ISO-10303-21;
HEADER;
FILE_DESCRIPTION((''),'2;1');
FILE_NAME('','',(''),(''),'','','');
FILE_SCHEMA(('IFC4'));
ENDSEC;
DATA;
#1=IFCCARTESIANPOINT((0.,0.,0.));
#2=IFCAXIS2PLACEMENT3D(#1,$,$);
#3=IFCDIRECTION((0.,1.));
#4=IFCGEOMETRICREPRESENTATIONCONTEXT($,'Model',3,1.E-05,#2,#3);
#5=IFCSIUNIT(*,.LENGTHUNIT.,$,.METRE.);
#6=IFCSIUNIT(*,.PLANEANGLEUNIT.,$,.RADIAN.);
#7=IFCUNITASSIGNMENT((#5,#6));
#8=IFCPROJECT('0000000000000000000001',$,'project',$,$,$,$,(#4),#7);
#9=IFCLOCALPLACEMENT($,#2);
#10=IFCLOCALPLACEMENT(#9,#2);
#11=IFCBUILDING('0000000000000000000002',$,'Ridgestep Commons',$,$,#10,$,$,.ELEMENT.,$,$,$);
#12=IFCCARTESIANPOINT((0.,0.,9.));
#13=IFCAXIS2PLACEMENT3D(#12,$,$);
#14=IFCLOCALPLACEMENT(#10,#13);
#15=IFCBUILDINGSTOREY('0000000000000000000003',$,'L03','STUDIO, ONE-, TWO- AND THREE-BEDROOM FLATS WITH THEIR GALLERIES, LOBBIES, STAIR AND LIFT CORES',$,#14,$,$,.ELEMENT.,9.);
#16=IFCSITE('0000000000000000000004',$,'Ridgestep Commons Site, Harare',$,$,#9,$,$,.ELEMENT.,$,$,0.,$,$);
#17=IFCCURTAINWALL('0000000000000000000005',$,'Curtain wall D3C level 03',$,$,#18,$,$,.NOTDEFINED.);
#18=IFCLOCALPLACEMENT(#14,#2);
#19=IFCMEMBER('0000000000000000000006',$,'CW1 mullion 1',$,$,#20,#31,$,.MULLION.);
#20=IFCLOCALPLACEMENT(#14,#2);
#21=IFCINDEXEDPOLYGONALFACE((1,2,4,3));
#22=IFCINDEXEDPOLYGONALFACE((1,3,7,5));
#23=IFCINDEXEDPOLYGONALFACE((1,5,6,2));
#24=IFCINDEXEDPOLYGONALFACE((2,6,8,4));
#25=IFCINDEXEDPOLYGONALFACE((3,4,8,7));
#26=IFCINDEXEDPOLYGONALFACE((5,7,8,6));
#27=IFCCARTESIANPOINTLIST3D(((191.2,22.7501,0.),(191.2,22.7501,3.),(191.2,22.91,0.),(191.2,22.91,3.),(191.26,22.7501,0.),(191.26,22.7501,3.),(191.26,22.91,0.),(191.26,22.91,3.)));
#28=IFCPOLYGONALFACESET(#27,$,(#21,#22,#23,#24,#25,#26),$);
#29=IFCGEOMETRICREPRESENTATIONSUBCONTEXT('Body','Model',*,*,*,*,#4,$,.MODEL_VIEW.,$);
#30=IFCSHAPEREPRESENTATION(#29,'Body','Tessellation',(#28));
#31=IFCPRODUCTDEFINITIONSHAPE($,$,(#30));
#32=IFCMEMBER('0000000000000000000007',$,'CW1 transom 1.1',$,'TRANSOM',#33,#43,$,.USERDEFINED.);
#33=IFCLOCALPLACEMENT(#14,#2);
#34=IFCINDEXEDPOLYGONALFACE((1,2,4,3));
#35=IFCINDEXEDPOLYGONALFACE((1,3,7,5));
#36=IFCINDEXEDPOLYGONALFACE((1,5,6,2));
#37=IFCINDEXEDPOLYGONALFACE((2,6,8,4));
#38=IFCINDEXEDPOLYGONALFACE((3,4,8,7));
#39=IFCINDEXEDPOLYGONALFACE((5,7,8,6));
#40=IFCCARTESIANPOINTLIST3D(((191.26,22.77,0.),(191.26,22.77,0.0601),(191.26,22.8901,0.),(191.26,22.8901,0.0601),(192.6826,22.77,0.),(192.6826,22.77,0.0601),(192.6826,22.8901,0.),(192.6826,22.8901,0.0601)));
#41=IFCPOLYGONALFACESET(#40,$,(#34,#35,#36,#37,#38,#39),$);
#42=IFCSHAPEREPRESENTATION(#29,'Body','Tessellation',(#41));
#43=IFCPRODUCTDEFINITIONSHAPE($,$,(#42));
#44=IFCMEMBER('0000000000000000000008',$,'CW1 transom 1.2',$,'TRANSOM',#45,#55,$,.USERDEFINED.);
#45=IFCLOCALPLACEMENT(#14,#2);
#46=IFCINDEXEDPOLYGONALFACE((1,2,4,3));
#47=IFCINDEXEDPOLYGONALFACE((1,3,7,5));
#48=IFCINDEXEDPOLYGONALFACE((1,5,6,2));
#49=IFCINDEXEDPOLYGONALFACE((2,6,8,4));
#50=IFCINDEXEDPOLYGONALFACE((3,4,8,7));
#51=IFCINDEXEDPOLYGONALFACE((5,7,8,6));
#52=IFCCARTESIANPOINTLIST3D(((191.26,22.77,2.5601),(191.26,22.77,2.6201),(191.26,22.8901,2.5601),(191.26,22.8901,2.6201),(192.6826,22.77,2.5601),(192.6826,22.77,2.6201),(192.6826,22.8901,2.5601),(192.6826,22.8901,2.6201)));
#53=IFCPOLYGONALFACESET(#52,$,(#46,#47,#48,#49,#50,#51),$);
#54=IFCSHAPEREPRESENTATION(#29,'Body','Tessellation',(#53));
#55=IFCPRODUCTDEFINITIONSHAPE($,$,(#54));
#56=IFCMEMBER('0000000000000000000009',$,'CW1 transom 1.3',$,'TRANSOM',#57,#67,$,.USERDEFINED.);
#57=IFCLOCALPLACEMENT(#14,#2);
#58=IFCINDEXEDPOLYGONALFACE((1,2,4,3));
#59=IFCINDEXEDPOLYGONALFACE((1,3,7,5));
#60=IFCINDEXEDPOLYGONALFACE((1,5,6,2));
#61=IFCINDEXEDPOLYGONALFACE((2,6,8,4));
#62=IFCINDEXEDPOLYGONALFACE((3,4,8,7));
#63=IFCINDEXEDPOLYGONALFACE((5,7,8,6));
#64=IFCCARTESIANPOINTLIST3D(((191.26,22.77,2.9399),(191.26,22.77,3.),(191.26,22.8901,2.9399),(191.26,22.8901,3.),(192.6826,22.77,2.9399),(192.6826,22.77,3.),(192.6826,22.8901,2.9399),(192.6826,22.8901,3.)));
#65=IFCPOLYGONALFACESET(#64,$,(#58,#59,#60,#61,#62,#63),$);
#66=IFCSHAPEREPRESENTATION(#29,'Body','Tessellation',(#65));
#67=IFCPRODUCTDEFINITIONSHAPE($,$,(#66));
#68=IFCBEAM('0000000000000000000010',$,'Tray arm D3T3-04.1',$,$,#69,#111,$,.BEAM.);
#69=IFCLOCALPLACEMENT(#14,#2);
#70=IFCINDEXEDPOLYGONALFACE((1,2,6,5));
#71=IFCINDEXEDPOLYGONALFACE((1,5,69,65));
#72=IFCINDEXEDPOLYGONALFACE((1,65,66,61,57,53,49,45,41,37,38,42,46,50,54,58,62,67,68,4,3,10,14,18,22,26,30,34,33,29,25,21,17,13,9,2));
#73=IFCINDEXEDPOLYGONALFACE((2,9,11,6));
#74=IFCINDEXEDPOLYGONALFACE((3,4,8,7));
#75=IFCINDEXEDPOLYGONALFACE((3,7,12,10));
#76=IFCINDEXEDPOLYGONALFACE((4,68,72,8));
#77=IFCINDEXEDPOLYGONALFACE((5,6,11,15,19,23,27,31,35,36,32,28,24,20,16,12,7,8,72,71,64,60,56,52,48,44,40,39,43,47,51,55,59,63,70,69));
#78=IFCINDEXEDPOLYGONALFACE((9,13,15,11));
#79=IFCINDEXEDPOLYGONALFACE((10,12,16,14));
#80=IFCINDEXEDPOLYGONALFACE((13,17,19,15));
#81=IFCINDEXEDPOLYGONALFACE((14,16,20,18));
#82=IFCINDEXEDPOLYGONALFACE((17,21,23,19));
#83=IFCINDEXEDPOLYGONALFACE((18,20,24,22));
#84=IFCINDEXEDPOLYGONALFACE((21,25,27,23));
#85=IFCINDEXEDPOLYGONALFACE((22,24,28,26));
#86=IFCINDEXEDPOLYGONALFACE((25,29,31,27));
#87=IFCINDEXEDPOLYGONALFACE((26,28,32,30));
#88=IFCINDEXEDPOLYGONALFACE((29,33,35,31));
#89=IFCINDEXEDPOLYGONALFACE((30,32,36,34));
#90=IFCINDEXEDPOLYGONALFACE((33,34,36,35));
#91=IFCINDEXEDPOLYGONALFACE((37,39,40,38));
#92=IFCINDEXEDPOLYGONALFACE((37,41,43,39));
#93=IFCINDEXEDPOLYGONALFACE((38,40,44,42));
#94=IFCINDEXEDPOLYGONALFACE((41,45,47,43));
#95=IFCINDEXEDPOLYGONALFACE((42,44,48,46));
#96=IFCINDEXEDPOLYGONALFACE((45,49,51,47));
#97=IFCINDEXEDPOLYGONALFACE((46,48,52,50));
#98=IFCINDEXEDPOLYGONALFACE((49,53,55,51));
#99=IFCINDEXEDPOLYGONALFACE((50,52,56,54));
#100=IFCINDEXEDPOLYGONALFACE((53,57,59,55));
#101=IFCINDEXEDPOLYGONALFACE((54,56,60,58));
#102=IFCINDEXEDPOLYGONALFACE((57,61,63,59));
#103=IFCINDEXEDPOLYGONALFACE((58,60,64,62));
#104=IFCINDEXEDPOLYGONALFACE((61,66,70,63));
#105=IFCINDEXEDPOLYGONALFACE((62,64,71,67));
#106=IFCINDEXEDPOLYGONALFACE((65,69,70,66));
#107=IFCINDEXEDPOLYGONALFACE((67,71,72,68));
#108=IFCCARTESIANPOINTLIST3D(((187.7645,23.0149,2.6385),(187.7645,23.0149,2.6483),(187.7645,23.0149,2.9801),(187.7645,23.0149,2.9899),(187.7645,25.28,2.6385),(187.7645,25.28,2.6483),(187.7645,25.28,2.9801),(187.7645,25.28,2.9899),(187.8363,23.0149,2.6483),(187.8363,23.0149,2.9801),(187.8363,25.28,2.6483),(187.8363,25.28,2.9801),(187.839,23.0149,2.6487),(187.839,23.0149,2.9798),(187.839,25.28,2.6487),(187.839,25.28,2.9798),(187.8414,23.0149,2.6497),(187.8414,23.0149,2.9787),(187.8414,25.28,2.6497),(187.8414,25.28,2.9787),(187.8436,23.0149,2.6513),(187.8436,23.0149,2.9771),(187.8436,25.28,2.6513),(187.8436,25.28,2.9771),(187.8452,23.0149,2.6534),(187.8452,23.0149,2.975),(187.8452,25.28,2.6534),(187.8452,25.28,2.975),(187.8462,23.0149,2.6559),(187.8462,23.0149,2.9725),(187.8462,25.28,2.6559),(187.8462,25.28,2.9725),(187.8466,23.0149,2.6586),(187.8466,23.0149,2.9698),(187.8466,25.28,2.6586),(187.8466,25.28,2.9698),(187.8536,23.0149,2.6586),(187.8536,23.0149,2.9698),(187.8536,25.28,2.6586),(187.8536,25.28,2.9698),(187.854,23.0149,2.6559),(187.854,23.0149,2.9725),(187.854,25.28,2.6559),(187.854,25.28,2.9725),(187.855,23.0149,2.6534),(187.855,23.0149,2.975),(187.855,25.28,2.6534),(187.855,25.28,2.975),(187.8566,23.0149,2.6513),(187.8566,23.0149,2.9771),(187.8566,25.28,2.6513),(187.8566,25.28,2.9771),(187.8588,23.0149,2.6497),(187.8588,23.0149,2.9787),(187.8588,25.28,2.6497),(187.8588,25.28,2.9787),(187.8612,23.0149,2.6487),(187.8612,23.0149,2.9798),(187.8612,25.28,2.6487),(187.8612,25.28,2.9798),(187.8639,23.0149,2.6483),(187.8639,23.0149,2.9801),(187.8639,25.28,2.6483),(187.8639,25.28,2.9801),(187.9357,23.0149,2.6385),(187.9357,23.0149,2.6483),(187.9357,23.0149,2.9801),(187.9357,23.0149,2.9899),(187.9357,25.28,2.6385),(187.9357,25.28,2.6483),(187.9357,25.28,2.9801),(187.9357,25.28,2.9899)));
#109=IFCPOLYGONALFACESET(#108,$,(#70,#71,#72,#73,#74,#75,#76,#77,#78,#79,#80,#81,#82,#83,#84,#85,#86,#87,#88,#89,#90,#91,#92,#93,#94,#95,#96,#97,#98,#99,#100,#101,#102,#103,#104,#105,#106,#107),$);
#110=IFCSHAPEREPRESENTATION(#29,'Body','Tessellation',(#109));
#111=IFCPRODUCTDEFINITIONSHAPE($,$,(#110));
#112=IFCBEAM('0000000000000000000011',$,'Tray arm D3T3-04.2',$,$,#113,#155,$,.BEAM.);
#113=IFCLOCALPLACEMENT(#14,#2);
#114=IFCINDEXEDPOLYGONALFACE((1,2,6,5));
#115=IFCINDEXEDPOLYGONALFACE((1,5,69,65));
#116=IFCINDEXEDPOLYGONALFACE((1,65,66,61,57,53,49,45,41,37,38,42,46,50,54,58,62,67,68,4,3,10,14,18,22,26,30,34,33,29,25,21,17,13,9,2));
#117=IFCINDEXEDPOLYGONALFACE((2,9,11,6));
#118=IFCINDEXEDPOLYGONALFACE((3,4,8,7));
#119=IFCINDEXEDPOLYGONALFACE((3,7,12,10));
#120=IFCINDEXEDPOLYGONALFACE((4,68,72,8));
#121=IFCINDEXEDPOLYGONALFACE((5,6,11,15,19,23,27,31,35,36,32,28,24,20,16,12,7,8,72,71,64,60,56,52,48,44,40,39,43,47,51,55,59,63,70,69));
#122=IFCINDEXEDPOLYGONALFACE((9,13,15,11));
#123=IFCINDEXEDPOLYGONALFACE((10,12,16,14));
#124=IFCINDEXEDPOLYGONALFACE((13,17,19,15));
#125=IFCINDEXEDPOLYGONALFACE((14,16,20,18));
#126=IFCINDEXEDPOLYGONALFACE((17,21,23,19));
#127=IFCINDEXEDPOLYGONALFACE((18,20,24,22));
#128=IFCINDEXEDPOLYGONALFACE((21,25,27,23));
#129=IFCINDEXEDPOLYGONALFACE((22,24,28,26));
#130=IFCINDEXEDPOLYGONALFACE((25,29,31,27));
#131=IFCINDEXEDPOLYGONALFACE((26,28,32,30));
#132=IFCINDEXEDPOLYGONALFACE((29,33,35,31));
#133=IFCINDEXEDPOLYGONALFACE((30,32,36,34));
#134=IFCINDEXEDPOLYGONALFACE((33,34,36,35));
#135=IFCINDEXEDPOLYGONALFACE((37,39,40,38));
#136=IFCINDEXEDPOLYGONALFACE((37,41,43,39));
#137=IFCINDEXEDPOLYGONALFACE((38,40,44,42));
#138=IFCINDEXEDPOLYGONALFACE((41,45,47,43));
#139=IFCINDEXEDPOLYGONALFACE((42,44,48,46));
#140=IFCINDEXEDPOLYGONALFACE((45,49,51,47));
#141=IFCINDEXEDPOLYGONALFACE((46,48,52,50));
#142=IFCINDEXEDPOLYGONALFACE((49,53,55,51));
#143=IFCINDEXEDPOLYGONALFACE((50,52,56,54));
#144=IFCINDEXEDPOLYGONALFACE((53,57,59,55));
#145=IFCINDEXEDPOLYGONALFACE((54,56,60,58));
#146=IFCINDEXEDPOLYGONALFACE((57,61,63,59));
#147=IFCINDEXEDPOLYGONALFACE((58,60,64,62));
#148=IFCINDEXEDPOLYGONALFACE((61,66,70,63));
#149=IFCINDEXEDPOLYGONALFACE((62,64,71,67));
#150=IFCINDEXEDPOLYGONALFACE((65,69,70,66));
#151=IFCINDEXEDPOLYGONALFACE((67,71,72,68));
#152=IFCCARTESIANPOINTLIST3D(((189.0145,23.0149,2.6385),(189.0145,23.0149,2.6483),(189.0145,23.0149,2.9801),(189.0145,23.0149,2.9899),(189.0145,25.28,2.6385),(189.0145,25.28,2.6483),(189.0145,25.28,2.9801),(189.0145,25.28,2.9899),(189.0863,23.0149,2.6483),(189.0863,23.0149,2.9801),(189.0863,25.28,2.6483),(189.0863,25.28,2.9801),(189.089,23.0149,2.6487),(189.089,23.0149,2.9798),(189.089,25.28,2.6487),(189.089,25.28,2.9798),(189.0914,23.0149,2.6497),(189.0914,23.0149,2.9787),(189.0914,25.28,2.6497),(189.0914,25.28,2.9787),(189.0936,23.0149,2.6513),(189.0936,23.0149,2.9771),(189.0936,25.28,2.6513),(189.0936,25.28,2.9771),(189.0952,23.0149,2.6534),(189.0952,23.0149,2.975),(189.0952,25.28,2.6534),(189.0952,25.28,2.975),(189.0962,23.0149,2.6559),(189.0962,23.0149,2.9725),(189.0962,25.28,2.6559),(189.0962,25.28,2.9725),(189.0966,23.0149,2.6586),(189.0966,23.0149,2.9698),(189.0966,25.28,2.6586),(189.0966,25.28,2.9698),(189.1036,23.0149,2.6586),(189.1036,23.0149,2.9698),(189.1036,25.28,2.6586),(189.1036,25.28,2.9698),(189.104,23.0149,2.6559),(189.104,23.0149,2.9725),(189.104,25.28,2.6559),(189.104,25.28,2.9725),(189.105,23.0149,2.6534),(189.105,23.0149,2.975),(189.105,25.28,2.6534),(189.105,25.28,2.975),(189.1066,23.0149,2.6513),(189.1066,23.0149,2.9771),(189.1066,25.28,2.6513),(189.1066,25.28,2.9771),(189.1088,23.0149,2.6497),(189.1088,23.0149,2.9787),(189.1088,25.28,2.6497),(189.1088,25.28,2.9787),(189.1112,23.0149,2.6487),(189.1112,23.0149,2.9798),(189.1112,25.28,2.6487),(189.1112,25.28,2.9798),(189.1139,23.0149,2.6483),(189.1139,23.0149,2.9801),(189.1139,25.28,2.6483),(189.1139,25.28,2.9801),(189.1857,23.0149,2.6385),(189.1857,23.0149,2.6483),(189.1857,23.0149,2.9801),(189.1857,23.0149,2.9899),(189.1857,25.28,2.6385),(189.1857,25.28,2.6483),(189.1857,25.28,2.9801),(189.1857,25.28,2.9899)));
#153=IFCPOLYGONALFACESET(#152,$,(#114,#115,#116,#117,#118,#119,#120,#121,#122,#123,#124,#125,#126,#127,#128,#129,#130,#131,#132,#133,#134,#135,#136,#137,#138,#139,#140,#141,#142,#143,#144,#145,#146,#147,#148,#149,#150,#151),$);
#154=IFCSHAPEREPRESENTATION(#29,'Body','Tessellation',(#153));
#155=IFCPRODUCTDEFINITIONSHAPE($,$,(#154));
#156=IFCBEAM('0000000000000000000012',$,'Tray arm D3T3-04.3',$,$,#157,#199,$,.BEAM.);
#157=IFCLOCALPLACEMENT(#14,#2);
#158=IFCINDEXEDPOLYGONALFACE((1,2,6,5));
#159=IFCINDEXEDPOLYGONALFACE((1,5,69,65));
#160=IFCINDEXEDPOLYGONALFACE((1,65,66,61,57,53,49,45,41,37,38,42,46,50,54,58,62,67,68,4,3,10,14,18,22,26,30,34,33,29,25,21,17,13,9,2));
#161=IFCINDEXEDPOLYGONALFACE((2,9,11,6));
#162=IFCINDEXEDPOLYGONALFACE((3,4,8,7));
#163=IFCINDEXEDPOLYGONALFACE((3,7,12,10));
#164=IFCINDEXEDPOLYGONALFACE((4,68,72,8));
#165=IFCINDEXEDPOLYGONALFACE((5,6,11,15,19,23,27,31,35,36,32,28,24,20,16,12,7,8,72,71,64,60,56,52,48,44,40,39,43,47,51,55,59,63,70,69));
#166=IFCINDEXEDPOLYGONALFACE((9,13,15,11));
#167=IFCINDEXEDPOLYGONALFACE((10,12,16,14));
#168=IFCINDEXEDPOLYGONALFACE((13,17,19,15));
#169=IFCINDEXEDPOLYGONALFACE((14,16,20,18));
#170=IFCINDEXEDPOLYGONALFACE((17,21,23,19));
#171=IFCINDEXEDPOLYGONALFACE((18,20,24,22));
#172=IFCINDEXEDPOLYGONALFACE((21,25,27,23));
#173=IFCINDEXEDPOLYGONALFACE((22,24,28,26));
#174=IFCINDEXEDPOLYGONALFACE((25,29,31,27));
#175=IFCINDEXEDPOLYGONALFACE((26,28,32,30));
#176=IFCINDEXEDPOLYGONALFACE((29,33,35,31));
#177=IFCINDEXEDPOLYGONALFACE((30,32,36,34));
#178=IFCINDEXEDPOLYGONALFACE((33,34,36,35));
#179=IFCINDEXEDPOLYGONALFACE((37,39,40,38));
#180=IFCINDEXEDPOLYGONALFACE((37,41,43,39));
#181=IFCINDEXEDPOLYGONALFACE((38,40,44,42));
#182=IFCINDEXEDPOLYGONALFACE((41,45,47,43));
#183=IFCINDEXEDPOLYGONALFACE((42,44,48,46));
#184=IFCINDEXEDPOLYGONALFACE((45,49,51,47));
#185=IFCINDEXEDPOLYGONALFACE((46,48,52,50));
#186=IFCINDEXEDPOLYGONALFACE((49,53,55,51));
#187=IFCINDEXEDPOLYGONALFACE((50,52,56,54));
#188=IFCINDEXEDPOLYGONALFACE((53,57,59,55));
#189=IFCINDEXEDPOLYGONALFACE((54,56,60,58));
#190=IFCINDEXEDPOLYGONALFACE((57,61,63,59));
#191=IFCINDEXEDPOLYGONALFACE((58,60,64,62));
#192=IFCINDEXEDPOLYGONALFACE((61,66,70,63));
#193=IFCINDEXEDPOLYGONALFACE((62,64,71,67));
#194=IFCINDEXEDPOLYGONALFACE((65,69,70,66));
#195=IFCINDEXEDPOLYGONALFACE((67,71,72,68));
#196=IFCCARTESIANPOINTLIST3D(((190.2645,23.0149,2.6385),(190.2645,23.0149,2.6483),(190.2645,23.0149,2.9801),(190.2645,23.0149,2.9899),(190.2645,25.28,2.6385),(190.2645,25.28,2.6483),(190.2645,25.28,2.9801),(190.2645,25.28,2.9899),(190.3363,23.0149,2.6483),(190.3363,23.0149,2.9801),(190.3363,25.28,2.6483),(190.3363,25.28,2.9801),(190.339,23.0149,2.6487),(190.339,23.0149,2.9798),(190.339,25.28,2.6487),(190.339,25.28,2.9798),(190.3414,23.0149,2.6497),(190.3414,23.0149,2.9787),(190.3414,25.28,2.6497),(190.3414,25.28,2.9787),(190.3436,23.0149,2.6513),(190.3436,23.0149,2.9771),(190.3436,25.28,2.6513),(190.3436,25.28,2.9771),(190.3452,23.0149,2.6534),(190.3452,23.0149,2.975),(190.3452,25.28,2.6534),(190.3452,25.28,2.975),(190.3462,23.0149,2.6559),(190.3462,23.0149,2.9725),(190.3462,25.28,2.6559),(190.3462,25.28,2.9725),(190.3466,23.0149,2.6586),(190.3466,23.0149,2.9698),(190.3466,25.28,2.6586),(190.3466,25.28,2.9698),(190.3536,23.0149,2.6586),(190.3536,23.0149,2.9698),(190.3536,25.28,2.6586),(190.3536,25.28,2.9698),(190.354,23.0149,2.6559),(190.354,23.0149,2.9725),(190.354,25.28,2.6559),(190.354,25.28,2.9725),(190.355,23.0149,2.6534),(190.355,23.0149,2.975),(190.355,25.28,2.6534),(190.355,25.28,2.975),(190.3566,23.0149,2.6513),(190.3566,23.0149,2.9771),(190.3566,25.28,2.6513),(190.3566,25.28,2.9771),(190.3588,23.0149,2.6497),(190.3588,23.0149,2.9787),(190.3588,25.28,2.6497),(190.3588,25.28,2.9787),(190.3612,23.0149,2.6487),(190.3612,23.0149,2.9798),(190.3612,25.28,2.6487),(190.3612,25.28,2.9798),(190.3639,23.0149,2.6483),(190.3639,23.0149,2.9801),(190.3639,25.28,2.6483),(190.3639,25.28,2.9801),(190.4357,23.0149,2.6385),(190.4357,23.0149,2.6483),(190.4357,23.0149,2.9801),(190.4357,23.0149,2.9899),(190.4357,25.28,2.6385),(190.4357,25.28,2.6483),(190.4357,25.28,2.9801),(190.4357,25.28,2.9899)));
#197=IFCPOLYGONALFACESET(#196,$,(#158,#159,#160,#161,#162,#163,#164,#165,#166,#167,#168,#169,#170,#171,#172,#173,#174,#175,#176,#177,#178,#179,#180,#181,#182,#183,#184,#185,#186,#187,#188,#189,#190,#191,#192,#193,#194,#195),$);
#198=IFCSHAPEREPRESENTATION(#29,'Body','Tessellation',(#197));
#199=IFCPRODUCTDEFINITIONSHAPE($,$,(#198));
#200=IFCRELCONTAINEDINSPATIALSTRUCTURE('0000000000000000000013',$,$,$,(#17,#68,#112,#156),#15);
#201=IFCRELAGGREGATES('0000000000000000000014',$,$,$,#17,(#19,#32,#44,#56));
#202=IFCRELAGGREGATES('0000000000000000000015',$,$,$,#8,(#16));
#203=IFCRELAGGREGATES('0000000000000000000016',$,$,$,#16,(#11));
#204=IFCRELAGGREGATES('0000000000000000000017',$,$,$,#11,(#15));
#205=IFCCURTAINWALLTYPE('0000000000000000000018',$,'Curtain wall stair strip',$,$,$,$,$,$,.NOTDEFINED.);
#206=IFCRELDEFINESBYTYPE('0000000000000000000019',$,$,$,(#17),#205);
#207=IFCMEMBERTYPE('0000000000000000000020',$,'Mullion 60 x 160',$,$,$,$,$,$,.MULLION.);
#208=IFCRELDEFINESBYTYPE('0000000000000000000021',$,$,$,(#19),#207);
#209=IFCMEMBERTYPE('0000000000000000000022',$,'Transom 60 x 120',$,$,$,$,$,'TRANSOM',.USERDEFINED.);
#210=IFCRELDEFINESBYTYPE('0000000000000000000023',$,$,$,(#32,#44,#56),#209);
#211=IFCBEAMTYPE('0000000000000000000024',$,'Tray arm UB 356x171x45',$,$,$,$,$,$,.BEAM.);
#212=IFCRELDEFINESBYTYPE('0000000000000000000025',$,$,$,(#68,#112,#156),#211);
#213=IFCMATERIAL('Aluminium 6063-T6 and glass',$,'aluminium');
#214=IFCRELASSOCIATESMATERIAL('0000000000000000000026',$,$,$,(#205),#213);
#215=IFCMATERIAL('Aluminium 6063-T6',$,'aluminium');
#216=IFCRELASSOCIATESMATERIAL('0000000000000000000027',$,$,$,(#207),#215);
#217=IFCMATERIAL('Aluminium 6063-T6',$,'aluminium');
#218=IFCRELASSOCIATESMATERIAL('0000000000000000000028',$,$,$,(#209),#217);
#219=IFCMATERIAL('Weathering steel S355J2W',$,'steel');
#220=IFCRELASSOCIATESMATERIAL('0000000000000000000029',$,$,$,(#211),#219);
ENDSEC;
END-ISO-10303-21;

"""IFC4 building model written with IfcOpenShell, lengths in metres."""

from ifc_helpers import new_model, si_unit, direction, frame, origin, origin_2d, place, context, subcontext, project, spatial, rectangle, i_section, extrude, material, material_profile, profile_set, type_object, element, aggregate, save


model = new_model("IFC4")

# Units and contexts
model_context = context("Model", 3, precision=1e-05, world=origin(), true_north=direction((0.0, 1.0)))
body_context = subcontext(model_context, "Body", "Model", "MODEL_VIEW")
ifc_project = project(units=[si_unit("LENGTHUNIT", "METRE"), si_unit("PLANEANGLEUNIT", "RADIAN")], contexts=[model_context])

# Site, building, storey
site_placement = place(None, origin())
site = spatial("IfcSite", under=ifc_project, at=site_placement, Name="Ridgestep Commons Site, Harare", CompositionType="ELEMENT", RefElevation=0.0)
building_placement = place(site_placement, origin())
building = spatial("IfcBuilding", under=site, at=building_placement, Name="Ridgestep Commons", CompositionType="ELEMENT")
storey_placement = place(building_placement, frame((0.0, 0.0, 9.0)))
storey = spatial("IfcBuildingStorey", under=building, at=storey_placement, Name="L03", Description="STUDIO, ONE-, TWO- AND THREE-BEDROOM FLATS WITH THEIR GALLERIES, LOBBIES, STAIR AND LIFT CORES", CompositionType="ELEMENT", Elevation=9.0)

# Curtain wall, members
ifc_material_1 = material(Name="Aluminium 6063-T6 and glass", Category="aluminium")
curtain_wall_type = type_object("IfcCurtainWallType", Name="Curtain wall stair strip", PredefinedType="NOTDEFINED", material=ifc_material_1)
curtain_wall_placement = place(storey_placement, origin())
curtain_wall = element("IfcCurtainWall", 1, at=curtain_wall_placement, inside=storey, type_object=curtain_wall_type, Name="Curtain wall D3C level 03", PredefinedType="NOTDEFINED")
ifc_material_2 = material(Name="Aluminium 6063-T6", Category="aluminium")
ifc_material_profile_1 = material_profile(ifc_material_2, rectangle(XDim=0.1599, YDim=0.0601, at=origin_2d()), Name="Mullion 60 x 160")
ifc_profile_set_1 = profile_set([ifc_material_profile_1], Name="Aluminium 6063-T6")
member_type_1 = type_object("IfcMemberType", Name="Mullion 60 x 160", PredefinedType="MULLION", material=ifc_profile_set_1)
member_1_placement = place(storey_placement, frame((191.23, 22.8301, 0.0), z_axis=(0.0, 0.0, 1.0), x_axis=(0.0, 1.0, 0.0)))
member_1 = element("IfcMember", 2, at=member_1_placement, type_object=member_type_1, Name="CW1 mullion 1", PredefinedType="MULLION", context=body_context, shape_type="SweptSolid", body=[
    extrude(rectangle(XDim=0.1599, YDim=0.0601, at=origin_2d()), origin(), (0.0, 0.0, 1.0), 3.0),
])
ifc_material_3 = material(Name="Aluminium 6063-T6", Category="aluminium")
ifc_material_profile_2 = material_profile(ifc_material_3, rectangle(XDim=0.1201, YDim=0.0601, at=origin_2d()), Name="Transom 60 x 120")
ifc_profile_set_2 = profile_set([ifc_material_profile_2], Name="Aluminium 6063-T6")
member_type_2 = type_object("IfcMemberType", Name="Transom 60 x 120", ElementType="TRANSOM", PredefinedType="USERDEFINED", material=ifc_profile_set_2)
member_2_placement = place(storey_placement, frame((191.26, 22.8301, 0.03), z_axis=(1.0, 0.0, 0.0), x_axis=(0.0, 1.0, 0.0)))
member_2 = element("IfcMember", 3, at=member_2_placement, type_object=member_type_2, Name="CW1 transom 1.1", ObjectType="TRANSOM", PredefinedType="USERDEFINED", context=body_context, shape_type="SweptSolid", body=[
    extrude(rectangle(XDim=0.1201, YDim=0.0601, at=origin_2d()), origin(), (0.0, 0.0, 1.0), 1.4226),
])
member_3_placement = place(storey_placement, frame((191.26, 22.8301, 2.5901), z_axis=(1.0, 0.0, 0.0), x_axis=(0.0, 1.0, 0.0)))
member_3 = element("IfcMember", 4, at=member_3_placement, type_object=member_type_2, Name="CW1 transom 1.2", ObjectType="TRANSOM", PredefinedType="USERDEFINED", context=body_context, shape_type="SweptSolid", body=[
    extrude(rectangle(XDim=0.1201, YDim=0.0601, at=origin_2d()), origin(), (0.0, 0.0, 1.0), 1.4226),
])
member_4_placement = place(storey_placement, frame((191.26, 22.8301, 2.97), z_axis=(1.0, 0.0, 0.0), x_axis=(0.0, 1.0, 0.0)))
member_4 = element("IfcMember", 5, at=member_4_placement, type_object=member_type_2, Name="CW1 transom 1.3", ObjectType="TRANSOM", PredefinedType="USERDEFINED", context=body_context, shape_type="SweptSolid", body=[
    extrude(rectangle(XDim=0.1201, YDim=0.0601, at=origin_2d()), origin(), (0.0, 0.0, 1.0), 1.4226),
])

# Beams
ifc_material_4 = material(Name="Weathering steel S355J2W", Category="steel")
ifc_material_profile_3 = material_profile(ifc_material_4, i_section(OverallWidth=0.1711, OverallDepth=0.3513, WebThickness=0.0071, FlangeThickness=0.0098, FilletRadius=0.0103, at=origin_2d()), Name="UB 356x171x45")
ifc_profile_set_3 = profile_set([ifc_material_profile_3], Name="Weathering steel S355J2W")
beam_type = type_object("IfcBeamType", Name="Tray arm UB 356x171x45", PredefinedType="BEAM", material=ifc_profile_set_3)
for number, where, z_axis, x_axis, name in (
    (6, (187.8501, 23.0149, 2.8142), (0.0, 1.0, 0.0), (-1.0, 0.0, 0.0), "Tray arm D3T3-04.1"),
    (7, (189.1001, 23.0149, 2.8142), (0.0, 1.0, 0.0), (-1.0, 0.0, 0.0), "Tray arm D3T3-04.2"),
    (8, (190.3501, 23.0149, 2.8142), (0.0, 1.0, 0.0), (-1.0, 0.0, 0.0), "Tray arm D3T3-04.3"),
):
    element("IfcBeam", number, at=place(storey_placement, frame(where, z_axis=z_axis, x_axis=x_axis)), inside=storey, type_object=beam_type, Name=name, PredefinedType="BEAM", context=body_context, shape_type="SweptSolid", body=[
        extrude(i_section(OverallWidth=0.1711, OverallDepth=0.3513, WebThickness=0.0071, FlangeThickness=0.0098, FilletRadius=0.0103, at=origin_2d()), origin(), (0.0, 0.0, 1.0), 2.2651),
    ])

aggregate(curtain_wall, [member_1, member_2, member_3, member_4])

save(model, "model.ifc")
